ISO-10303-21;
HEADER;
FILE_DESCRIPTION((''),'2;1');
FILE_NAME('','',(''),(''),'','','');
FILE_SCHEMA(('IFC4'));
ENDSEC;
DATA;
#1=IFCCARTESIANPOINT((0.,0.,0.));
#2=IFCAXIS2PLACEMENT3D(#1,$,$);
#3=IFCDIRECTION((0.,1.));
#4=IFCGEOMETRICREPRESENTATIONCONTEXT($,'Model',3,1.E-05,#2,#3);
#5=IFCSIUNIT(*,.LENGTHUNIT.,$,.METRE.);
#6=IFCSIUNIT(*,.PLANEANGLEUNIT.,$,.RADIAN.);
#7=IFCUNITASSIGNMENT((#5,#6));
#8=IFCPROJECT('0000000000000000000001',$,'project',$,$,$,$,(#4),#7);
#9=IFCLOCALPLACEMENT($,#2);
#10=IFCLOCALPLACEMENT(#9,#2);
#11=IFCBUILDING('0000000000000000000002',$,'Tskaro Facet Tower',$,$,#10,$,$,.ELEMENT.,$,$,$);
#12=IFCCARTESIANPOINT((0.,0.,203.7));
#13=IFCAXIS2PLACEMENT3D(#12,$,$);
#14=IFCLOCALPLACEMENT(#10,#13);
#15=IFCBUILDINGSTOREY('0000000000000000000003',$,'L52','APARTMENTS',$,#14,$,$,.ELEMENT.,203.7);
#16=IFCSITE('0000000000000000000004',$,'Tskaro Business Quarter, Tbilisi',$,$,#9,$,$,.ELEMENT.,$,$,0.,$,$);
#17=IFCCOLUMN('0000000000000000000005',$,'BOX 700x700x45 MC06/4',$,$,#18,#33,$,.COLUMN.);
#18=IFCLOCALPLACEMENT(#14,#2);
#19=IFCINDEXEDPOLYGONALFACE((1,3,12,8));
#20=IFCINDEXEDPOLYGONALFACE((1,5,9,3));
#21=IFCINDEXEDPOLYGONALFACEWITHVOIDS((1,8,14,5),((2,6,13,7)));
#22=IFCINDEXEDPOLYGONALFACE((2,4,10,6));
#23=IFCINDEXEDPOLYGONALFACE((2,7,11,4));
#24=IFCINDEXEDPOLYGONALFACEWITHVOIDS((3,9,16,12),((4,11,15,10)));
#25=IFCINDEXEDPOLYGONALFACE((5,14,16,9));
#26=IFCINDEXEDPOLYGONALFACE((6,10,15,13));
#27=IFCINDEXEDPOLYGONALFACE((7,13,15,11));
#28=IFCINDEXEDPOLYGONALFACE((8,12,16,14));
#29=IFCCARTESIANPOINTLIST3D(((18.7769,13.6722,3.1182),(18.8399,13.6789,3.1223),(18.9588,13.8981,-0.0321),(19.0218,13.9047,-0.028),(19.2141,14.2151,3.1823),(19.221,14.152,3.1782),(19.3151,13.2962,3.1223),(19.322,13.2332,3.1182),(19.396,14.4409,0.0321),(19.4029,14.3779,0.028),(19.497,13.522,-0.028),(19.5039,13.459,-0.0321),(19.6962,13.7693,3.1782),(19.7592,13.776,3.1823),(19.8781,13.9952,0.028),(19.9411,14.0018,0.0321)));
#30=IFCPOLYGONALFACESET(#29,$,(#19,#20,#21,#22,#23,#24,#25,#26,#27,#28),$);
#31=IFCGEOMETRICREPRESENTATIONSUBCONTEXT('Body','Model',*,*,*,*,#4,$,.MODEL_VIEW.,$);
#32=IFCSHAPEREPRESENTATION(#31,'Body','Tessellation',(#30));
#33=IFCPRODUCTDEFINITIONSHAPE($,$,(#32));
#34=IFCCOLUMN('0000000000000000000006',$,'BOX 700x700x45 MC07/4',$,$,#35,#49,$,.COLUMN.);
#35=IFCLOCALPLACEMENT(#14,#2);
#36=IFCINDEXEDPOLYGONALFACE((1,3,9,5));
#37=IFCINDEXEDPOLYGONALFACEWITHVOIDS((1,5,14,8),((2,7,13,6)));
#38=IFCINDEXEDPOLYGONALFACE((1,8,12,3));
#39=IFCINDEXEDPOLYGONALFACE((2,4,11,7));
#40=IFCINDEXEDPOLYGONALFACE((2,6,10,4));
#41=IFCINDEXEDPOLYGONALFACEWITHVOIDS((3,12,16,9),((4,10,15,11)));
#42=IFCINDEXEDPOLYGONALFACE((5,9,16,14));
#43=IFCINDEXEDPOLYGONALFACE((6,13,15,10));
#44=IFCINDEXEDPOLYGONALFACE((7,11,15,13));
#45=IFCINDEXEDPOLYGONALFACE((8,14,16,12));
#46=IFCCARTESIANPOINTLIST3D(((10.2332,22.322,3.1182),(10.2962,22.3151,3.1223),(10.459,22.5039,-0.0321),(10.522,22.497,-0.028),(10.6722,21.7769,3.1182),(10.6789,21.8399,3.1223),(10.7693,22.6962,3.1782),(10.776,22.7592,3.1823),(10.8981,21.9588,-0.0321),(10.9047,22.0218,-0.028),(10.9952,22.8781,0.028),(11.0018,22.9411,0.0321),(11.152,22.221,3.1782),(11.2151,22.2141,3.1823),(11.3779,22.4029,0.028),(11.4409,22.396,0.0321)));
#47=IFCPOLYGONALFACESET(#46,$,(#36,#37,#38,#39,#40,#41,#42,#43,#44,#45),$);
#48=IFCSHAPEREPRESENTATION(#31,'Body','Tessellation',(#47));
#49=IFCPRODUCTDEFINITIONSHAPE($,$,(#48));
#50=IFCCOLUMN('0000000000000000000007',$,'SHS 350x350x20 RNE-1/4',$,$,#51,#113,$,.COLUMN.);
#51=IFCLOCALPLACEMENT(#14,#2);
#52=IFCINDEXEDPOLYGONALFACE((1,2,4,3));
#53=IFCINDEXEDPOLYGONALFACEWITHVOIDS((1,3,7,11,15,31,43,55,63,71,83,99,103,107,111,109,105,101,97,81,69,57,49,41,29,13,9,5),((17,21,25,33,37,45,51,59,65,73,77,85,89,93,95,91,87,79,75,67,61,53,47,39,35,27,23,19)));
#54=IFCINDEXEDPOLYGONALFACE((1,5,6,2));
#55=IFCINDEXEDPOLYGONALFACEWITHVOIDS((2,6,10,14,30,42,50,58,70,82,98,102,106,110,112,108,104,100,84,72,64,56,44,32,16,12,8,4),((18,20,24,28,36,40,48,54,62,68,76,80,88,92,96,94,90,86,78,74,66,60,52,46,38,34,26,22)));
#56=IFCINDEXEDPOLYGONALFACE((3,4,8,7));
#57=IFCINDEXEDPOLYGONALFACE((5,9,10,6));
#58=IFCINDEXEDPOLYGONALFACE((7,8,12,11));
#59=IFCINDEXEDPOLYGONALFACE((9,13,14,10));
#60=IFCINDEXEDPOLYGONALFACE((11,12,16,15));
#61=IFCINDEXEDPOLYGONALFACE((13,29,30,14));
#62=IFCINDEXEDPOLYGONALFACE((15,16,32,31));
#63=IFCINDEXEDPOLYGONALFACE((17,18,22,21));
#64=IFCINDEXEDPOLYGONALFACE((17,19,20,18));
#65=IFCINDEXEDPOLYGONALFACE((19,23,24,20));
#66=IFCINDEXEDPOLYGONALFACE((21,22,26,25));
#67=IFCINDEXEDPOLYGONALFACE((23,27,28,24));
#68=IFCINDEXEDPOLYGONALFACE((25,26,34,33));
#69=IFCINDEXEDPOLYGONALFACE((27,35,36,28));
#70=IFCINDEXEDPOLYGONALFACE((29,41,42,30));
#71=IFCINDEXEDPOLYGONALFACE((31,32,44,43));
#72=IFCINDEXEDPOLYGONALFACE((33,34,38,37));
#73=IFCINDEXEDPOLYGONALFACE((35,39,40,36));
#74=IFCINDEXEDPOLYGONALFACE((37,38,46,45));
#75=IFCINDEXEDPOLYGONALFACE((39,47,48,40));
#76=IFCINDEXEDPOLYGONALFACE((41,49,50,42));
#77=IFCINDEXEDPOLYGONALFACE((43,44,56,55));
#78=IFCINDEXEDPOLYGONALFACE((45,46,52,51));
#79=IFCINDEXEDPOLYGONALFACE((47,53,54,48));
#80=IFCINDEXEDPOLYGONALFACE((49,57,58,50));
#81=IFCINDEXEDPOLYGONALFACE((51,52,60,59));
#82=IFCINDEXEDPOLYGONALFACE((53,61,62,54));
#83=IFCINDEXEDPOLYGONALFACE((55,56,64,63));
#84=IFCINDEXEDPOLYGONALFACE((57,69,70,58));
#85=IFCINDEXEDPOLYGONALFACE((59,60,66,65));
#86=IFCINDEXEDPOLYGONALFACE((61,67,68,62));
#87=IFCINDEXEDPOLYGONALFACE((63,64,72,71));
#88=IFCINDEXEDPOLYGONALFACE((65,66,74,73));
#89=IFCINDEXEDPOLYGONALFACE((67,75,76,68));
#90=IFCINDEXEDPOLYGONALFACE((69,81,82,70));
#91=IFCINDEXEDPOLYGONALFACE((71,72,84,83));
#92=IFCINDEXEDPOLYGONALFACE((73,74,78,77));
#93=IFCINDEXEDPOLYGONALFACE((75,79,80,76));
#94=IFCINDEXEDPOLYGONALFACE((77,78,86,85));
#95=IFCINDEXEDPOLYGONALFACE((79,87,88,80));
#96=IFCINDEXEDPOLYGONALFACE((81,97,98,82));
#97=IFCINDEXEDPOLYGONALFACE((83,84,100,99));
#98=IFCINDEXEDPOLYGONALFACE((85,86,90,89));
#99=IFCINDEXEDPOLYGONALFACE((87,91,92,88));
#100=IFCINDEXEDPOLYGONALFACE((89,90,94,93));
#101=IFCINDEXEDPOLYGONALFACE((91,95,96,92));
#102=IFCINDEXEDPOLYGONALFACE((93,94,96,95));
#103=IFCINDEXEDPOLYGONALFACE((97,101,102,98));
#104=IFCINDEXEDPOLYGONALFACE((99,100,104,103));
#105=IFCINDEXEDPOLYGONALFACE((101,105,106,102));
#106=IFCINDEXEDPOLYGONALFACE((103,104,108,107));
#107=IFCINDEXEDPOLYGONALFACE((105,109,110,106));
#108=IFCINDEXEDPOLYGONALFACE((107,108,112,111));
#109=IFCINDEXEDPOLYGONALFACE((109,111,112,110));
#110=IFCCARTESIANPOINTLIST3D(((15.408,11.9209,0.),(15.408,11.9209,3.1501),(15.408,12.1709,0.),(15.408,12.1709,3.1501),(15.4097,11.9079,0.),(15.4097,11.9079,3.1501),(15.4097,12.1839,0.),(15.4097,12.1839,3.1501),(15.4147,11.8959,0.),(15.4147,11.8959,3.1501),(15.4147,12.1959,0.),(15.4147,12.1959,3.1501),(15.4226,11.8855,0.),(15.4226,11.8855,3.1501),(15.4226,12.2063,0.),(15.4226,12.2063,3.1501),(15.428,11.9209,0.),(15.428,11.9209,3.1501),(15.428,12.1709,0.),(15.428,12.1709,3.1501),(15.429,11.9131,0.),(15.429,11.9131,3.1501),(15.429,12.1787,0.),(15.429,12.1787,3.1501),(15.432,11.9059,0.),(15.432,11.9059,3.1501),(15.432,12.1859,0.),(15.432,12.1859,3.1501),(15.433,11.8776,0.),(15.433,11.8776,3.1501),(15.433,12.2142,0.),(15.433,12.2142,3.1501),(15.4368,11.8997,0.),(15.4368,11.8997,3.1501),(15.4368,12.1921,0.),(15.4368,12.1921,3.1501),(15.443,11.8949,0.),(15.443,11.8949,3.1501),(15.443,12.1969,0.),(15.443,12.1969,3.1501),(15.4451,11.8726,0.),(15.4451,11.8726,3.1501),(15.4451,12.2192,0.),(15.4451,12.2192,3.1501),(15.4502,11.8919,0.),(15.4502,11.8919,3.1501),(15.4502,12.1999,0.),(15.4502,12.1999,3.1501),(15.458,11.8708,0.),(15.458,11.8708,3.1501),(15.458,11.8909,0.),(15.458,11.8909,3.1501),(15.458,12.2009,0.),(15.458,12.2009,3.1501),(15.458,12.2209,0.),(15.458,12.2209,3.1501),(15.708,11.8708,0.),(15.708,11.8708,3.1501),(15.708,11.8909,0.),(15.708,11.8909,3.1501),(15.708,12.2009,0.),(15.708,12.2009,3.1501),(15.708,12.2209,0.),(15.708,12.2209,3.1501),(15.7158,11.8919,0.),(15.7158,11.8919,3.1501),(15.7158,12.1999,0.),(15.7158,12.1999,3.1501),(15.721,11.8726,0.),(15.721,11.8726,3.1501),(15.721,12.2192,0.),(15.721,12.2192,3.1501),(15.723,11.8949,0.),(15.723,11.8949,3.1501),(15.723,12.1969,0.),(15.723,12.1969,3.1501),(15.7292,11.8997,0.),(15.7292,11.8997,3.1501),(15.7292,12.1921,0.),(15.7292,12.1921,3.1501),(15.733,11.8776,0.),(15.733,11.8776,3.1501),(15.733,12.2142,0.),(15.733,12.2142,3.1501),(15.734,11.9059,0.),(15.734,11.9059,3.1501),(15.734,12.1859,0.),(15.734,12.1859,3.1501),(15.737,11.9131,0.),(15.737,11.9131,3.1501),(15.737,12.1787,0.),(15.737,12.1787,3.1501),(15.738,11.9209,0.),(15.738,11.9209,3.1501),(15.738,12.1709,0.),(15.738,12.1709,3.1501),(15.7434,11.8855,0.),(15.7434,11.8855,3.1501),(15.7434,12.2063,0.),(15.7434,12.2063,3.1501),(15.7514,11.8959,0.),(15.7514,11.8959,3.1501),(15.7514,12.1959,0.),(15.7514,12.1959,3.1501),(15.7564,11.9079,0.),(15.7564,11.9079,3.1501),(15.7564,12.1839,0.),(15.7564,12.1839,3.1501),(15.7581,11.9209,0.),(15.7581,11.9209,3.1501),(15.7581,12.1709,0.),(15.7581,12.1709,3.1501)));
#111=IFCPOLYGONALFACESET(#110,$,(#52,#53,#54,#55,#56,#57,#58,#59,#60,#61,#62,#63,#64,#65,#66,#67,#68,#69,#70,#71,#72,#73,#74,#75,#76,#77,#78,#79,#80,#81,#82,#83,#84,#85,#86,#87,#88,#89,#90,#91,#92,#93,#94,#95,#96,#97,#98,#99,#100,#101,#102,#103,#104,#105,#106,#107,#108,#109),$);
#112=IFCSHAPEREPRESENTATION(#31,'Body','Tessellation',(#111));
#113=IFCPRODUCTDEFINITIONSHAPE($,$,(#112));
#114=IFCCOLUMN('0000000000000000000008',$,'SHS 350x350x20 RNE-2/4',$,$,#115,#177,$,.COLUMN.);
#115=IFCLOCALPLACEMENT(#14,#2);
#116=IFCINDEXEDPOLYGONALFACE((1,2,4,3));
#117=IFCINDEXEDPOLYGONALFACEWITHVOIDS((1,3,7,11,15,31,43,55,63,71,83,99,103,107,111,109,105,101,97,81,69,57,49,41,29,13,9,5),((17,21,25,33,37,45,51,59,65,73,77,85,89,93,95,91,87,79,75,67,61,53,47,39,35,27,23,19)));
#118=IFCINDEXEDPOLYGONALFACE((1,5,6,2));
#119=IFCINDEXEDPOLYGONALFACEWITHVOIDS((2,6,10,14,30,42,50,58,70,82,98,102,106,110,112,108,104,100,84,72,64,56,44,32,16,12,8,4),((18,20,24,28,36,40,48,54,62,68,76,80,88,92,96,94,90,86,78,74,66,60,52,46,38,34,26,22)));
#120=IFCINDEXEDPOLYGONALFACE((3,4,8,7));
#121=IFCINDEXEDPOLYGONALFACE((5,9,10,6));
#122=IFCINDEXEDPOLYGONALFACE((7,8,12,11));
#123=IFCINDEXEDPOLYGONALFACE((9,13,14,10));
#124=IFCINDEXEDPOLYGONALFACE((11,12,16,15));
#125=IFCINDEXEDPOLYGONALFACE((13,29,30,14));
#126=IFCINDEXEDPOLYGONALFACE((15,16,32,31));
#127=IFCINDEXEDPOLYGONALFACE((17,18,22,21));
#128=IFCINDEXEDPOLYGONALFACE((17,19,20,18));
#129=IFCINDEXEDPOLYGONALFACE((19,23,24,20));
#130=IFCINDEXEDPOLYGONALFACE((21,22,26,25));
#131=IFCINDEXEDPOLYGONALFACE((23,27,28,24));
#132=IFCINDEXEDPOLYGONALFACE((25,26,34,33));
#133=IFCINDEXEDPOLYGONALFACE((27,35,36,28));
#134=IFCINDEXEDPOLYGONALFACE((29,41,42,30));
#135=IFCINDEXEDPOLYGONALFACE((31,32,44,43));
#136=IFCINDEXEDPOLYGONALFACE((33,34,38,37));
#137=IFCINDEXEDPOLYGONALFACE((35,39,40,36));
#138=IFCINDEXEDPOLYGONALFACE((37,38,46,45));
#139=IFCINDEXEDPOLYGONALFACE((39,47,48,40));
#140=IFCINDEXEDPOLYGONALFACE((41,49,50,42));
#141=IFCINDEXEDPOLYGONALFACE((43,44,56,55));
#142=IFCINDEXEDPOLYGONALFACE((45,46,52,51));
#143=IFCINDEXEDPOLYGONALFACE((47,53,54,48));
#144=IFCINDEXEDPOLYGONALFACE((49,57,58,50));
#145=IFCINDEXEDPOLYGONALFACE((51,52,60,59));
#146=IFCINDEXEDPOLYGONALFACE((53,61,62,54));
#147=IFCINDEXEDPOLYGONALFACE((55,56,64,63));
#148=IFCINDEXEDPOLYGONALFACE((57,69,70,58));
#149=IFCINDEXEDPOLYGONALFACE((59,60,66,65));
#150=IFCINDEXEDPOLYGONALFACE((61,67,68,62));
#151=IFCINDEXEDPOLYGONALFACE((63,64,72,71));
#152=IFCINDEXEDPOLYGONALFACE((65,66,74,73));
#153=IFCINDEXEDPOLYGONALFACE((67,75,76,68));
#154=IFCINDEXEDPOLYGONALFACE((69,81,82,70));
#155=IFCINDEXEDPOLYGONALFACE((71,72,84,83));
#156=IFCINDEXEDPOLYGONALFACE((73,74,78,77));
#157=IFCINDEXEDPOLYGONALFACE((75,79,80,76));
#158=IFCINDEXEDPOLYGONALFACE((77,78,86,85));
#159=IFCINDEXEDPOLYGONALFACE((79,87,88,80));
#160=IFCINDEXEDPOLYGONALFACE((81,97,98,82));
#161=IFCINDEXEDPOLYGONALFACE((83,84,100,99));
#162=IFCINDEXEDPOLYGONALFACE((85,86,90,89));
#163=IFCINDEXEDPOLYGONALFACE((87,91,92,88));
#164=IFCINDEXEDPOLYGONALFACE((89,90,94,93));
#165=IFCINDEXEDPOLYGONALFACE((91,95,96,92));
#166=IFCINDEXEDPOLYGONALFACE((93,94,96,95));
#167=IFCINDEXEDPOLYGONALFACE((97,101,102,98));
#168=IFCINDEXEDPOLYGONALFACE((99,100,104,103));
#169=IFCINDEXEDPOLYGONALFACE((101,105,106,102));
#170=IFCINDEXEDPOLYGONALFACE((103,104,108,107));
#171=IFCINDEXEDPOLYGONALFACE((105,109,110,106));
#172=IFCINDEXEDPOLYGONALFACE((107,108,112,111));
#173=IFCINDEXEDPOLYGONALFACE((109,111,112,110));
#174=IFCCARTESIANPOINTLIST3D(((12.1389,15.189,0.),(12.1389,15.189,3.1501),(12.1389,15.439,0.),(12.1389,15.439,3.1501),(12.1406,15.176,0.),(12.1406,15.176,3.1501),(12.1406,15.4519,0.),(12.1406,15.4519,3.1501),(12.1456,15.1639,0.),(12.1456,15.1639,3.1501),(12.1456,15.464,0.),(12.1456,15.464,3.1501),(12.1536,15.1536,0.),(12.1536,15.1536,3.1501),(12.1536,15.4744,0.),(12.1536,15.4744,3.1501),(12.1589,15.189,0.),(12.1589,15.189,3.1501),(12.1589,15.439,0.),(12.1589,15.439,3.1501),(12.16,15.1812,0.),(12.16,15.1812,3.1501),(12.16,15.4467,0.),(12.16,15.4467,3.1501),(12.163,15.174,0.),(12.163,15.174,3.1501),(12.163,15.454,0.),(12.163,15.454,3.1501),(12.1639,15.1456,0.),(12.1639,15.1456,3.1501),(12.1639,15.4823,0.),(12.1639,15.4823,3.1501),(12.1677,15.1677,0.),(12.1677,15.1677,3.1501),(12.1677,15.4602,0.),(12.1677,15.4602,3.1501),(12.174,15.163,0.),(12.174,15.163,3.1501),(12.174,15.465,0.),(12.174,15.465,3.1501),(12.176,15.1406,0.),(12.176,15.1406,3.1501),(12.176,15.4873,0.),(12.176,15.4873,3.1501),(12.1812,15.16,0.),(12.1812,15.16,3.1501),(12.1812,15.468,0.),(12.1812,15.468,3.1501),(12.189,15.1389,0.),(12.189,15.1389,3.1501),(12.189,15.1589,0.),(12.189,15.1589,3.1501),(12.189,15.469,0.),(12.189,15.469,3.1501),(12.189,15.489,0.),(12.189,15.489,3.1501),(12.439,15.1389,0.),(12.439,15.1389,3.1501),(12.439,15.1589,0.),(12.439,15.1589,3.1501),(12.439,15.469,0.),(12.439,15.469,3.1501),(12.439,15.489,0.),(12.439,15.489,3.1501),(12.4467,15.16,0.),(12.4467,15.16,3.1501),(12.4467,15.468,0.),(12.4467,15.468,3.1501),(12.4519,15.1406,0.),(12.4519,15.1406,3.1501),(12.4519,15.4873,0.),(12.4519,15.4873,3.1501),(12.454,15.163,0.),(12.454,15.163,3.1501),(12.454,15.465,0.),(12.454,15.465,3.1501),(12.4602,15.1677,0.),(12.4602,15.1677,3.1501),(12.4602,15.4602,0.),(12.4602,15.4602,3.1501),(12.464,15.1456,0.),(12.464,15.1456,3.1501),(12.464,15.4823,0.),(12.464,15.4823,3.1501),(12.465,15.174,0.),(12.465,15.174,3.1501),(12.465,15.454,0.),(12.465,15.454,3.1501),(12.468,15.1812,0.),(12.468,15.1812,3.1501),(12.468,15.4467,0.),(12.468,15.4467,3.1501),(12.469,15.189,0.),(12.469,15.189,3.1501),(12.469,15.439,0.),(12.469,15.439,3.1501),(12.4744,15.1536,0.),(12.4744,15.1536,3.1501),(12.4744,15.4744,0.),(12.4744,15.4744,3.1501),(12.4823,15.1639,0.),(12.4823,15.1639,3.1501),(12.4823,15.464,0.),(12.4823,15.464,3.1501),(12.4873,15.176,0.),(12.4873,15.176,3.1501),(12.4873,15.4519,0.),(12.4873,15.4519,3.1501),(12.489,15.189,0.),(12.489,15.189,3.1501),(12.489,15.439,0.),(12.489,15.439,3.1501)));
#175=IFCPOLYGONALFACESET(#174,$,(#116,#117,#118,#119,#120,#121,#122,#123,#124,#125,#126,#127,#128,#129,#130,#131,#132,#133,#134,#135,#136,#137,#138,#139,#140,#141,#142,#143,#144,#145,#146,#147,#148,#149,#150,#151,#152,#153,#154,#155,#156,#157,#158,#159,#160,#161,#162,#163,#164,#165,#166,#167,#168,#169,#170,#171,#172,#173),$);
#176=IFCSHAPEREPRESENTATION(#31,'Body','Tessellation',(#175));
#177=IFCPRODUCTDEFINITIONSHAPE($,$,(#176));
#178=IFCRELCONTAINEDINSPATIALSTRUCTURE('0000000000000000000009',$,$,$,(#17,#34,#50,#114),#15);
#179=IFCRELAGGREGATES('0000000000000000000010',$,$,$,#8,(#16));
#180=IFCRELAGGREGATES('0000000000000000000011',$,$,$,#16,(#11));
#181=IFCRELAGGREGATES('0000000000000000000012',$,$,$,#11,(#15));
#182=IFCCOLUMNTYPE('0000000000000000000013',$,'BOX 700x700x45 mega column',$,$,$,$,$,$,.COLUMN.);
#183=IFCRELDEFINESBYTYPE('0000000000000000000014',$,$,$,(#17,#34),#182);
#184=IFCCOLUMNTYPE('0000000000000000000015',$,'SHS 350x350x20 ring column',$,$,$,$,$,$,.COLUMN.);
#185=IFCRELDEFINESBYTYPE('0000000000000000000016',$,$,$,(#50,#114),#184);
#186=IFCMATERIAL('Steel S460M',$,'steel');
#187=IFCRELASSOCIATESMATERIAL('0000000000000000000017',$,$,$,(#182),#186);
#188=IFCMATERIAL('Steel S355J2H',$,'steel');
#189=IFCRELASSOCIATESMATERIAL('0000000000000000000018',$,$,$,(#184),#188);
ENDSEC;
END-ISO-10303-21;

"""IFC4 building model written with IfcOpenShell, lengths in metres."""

from ifc_helpers import new_model, si_unit, direction, frame, origin, origin_2d, place, context, subcontext, project, spatial, hollow_rectangle, extrude, material, material_profile, profile_set, type_object, element, save


model = new_model("IFC4")

# Units and contexts
model_context = context("Model", 3, precision=1e-05, world=origin(), true_north=direction((0.0, 1.0)))
body_context = subcontext(model_context, "Body", "Model", "MODEL_VIEW")
ifc_project = project(units=[si_unit("LENGTHUNIT", "METRE"), si_unit("PLANEANGLEUNIT", "RADIAN")], contexts=[model_context])

# Site, building, storey
site_placement = place(None, origin())
site = spatial("IfcSite", under=ifc_project, at=site_placement, Name="Tskaro Business Quarter, Tbilisi", CompositionType="ELEMENT", RefElevation=0.0)
building_placement = place(site_placement, origin())
building = spatial("IfcBuilding", under=site, at=building_placement, Name="Tskaro Facet Tower", CompositionType="ELEMENT")
storey_placement = place(building_placement, frame((0.0, 0.0, 203.7)))
storey = spatial("IfcBuildingStorey", under=building, at=storey_placement, Name="L52", Description="APARTMENTS", CompositionType="ELEMENT", Elevation=203.7)

# Columns
ifc_material_1 = material(Name="Steel S460M", Category="steel")
ifc_material_profile_1 = material_profile(ifc_material_1, hollow_rectangle(XDim=0.7, YDim=0.7, WallThickness=0.0449, at=origin_2d()), Name="BOX 700x700x45")
ifc_profile_set_1 = profile_set([ifc_material_profile_1], Name="Steel S460M")
column_type_1 = type_object("IfcColumnType", Name="BOX 700x700x45 mega column", PredefinedType="COLUMN", material=ifc_profile_set_1)
for number, where, z_axis, x_axis, name in (
    (1, (19.45, 13.95, 0.0), (-0.057495, -0.071387, 0.99579), (0.778811, -0.627259, 0.0), "BOX 700x700x45 MC06/4"),
    (2, (10.95, 22.45, 0.0), (-0.071387, -0.057495, 0.99579), (0.627259, -0.778811, 0.0), "BOX 700x700x45 MC07/4"),
):
    element("IfcColumn", number, at=place(storey_placement, frame(where, z_axis=z_axis, x_axis=x_axis)), inside=storey, type_object=column_type_1, Name=name, PredefinedType="COLUMN", context=body_context, shape_type="SweptSolid", body=[
        extrude(hollow_rectangle(XDim=0.7, YDim=0.7, WallThickness=0.0449, at=origin_2d()), origin(), (0.0, 0.0, 1.0), 3.1636),
    ])
ifc_material_2 = material(Name="Steel S355J2H", Category="steel")
ifc_material_profile_2 = material_profile(ifc_material_2, hollow_rectangle(XDim=0.3501, YDim=0.3501, WallThickness=0.02, InnerFilletRadius=0.03, OuterFilletRadius=0.05, at=origin_2d()), Name="SHS 350x350x20")
ifc_profile_set_2 = profile_set([ifc_material_profile_2], Name="Steel S355J2H")
column_type_2 = type_object("IfcColumnType", Name="SHS 350x350x20 ring column", PredefinedType="COLUMN", material=ifc_profile_set_2)
for number, where, z_axis, x_axis, name in (
    (3, (15.583, 12.0459, 0.0), (0.0, 0.0, 1.0), (1.0, 0.0, 0.0), "SHS 350x350x20 RNE-1/4"),
    (4, (12.314, 15.314, 0.0), (0.0, 0.0, 1.0), (1.0, 0.0, 0.0), "SHS 350x350x20 RNE-2/4"),
):
    element("IfcColumn", number, at=place(storey_placement, frame(where, z_axis=z_axis, x_axis=x_axis)), inside=storey, type_object=column_type_2, Name=name, PredefinedType="COLUMN", context=body_context, shape_type="SweptSolid", body=[
        extrude(hollow_rectangle(XDim=0.3501, YDim=0.3501, WallThickness=0.02, InnerFilletRadius=0.03, OuterFilletRadius=0.05, at=origin_2d()), origin(), (0.0, 0.0, 1.0), 3.1501),
    ])

save(model, "model.ifc")
